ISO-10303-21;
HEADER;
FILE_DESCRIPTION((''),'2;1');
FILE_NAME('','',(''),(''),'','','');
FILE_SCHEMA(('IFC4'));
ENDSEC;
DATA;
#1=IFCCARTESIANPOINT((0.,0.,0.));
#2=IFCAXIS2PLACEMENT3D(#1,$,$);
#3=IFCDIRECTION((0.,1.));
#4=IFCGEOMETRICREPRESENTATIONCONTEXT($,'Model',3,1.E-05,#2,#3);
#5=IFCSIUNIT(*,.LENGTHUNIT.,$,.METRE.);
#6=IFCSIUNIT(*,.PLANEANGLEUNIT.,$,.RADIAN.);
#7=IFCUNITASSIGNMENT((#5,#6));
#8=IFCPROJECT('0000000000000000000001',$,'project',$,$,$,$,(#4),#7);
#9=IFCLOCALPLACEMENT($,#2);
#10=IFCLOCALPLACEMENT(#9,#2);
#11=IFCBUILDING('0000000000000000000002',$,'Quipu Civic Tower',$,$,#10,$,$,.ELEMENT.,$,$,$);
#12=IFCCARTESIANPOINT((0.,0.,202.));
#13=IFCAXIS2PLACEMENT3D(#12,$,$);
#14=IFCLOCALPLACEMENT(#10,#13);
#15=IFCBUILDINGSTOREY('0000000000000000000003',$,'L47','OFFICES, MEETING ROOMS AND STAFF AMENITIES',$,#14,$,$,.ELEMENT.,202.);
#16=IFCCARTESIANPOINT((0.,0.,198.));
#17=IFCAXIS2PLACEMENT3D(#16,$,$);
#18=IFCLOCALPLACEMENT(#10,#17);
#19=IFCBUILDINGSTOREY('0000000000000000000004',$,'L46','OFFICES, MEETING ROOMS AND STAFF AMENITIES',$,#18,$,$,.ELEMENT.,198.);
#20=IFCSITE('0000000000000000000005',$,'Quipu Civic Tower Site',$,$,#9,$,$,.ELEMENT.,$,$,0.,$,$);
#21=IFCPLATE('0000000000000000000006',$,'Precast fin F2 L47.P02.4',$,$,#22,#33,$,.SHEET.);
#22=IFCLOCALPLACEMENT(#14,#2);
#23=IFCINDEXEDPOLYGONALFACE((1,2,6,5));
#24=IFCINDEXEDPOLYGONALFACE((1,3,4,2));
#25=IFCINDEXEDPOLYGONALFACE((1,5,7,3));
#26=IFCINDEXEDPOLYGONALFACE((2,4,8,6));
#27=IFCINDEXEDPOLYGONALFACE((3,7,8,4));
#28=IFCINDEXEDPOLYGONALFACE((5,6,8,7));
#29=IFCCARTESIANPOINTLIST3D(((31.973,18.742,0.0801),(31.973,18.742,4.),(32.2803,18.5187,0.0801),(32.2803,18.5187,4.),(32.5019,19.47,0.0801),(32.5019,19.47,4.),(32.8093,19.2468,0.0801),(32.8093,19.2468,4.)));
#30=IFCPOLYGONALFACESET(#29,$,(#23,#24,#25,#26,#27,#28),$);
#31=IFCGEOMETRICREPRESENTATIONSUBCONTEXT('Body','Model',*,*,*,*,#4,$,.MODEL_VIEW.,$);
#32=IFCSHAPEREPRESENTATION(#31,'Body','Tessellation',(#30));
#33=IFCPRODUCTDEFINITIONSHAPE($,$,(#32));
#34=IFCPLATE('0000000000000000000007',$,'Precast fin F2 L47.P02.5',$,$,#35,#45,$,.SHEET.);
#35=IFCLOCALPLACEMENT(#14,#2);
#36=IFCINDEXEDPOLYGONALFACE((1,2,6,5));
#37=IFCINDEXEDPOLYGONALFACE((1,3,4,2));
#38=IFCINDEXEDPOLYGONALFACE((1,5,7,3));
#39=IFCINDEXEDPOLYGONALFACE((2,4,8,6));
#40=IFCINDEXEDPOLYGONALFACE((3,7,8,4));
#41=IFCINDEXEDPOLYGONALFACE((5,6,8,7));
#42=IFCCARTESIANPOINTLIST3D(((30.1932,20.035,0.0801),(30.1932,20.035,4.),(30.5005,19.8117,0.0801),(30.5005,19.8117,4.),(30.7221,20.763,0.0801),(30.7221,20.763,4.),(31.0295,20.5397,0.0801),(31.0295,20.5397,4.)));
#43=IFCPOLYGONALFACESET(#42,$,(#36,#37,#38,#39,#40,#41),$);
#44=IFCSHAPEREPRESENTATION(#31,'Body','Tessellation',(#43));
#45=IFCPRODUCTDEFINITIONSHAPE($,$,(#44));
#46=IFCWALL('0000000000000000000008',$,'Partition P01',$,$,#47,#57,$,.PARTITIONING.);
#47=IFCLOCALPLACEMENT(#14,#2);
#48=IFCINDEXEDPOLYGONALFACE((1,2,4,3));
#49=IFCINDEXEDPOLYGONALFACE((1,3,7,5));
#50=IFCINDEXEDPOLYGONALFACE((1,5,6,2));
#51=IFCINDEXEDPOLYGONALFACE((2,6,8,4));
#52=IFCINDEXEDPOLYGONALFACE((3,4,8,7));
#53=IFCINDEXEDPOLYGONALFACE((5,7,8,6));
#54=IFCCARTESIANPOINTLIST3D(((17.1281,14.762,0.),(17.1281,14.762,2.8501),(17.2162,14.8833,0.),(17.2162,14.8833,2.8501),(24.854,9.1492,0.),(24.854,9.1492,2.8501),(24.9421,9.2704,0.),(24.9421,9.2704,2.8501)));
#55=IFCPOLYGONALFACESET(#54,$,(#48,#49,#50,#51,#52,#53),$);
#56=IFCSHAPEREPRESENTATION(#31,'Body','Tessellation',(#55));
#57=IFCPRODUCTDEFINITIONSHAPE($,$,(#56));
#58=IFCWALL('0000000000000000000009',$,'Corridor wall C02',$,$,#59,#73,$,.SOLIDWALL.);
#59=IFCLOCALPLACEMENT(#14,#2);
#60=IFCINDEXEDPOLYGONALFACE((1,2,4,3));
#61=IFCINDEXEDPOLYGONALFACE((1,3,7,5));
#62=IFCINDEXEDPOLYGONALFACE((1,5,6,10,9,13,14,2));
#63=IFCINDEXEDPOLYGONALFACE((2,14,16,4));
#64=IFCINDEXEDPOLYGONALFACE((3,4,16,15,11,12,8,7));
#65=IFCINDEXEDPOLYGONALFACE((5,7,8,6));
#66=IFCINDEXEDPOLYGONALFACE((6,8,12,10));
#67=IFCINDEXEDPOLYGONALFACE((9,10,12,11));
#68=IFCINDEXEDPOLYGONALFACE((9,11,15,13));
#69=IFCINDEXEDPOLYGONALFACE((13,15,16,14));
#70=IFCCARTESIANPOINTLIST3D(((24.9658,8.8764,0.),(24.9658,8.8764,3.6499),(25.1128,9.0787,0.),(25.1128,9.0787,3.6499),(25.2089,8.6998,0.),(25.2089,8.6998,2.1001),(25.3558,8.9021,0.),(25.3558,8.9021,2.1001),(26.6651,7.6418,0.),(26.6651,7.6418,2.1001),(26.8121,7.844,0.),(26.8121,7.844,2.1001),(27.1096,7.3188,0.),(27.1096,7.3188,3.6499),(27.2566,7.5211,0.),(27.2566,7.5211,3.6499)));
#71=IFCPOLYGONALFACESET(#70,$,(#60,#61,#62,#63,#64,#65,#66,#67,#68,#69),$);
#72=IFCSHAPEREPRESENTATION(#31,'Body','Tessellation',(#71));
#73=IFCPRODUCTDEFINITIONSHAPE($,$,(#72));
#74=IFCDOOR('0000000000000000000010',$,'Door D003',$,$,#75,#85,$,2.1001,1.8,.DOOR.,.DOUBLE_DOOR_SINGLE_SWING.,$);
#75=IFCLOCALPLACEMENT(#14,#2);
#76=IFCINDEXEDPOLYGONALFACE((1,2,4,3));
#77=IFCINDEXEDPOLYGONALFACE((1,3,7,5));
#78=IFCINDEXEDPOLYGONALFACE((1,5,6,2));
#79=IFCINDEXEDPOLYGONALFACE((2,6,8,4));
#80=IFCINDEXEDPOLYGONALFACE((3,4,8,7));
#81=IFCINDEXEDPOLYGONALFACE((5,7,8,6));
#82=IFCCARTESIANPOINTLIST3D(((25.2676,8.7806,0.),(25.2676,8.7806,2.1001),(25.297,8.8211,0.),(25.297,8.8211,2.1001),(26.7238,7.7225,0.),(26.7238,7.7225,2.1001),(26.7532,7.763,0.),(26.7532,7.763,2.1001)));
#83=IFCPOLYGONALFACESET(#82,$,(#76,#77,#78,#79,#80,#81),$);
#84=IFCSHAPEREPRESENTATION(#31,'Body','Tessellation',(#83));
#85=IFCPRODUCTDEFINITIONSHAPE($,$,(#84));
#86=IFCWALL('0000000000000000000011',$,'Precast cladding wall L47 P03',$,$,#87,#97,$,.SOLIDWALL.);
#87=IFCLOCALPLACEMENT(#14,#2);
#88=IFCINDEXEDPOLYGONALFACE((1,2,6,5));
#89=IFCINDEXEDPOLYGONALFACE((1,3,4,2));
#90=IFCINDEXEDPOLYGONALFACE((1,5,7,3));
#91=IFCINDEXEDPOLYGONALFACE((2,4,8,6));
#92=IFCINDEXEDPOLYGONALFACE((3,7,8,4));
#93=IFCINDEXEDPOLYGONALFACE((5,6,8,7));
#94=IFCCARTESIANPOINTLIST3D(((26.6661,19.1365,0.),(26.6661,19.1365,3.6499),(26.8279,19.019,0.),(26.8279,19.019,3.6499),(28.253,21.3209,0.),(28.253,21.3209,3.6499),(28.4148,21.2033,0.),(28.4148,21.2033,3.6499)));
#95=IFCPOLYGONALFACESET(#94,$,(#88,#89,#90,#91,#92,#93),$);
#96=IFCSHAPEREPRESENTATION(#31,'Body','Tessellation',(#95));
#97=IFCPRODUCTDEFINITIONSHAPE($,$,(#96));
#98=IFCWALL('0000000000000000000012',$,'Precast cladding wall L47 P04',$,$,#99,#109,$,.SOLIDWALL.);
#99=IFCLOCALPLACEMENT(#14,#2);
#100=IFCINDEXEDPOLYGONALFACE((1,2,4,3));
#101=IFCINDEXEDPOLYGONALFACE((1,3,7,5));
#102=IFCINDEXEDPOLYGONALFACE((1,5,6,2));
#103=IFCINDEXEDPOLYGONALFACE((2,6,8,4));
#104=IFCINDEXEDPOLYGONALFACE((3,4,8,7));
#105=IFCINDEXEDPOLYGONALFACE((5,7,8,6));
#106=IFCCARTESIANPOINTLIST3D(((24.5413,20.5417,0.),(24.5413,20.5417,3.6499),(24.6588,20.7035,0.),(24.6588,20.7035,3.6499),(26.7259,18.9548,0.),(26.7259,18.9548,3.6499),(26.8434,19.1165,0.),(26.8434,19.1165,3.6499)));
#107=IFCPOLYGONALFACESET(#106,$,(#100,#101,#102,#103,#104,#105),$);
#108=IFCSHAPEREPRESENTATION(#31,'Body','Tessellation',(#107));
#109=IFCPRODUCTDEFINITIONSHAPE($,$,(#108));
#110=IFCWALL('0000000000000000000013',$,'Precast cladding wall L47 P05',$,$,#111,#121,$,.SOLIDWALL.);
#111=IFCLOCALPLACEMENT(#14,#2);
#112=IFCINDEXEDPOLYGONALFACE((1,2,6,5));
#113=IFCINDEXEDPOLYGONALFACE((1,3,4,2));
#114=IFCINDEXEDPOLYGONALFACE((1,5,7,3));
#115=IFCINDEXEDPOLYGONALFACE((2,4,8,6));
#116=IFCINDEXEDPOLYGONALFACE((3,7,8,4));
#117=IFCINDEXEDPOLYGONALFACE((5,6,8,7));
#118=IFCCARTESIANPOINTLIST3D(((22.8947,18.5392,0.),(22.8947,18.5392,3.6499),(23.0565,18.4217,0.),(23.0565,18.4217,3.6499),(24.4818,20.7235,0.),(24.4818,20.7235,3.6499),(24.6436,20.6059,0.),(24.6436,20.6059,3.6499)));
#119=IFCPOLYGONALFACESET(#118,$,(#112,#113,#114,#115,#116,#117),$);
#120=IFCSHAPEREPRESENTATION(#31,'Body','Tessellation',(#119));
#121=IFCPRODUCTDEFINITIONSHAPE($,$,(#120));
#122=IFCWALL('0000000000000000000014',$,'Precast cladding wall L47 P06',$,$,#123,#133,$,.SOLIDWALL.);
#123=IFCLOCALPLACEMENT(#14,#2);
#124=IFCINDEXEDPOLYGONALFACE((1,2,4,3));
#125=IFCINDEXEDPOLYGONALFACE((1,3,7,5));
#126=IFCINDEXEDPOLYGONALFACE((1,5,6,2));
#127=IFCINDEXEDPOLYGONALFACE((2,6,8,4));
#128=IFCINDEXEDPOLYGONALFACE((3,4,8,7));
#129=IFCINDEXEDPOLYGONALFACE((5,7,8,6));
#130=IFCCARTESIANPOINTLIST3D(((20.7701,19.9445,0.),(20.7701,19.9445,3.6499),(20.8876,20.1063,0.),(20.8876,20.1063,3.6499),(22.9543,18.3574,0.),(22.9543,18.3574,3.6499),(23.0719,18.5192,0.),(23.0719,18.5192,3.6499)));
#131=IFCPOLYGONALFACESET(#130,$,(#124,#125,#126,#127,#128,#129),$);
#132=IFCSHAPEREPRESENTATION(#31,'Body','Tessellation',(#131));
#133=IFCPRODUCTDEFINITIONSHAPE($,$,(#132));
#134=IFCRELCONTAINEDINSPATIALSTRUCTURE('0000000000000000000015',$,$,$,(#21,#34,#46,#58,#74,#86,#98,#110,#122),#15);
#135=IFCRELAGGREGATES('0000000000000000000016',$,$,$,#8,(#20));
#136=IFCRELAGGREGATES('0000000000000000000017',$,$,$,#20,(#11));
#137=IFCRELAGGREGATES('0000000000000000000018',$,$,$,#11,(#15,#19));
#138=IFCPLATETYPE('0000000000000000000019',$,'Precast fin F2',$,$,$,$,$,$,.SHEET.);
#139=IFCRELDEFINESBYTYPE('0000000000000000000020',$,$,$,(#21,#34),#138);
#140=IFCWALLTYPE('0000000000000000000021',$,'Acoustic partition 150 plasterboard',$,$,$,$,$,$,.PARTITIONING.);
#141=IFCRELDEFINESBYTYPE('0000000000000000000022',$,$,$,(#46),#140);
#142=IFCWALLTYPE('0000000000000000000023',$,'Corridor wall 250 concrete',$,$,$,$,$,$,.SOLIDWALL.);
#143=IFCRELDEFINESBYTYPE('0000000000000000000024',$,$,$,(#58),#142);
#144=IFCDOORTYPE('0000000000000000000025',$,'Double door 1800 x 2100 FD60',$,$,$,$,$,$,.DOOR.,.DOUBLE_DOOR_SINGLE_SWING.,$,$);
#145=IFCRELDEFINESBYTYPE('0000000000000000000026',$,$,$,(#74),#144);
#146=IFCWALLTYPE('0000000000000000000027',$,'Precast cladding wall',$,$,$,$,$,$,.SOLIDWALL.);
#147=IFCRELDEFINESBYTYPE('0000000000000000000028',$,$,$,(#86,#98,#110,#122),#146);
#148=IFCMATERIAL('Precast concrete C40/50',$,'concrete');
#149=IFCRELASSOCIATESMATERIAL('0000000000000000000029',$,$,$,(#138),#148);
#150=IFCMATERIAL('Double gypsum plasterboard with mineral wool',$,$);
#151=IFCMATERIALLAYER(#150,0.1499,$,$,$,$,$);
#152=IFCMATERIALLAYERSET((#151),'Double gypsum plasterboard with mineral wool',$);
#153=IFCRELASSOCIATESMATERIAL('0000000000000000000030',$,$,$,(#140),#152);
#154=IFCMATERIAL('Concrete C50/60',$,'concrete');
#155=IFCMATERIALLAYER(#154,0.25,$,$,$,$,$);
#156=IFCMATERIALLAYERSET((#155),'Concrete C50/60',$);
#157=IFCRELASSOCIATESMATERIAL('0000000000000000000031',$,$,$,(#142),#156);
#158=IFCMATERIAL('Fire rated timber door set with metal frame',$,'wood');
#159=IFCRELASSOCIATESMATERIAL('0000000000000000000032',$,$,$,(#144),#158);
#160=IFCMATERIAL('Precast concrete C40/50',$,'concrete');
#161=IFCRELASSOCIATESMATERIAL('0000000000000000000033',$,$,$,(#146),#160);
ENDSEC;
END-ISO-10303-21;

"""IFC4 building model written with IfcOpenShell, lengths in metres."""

from ifc_helpers import new_model, si_unit, direction, frame, frame_2d, origin, origin_2d, place, context, subcontext, project, spatial, rectangle, extrude, material, layer, layer_set, type_object, element, fill, save


model = new_model("IFC4")

# Units and contexts
model_context = context("Model", 3, precision=1e-05, world=origin(), true_north=direction((0.0, 1.0)))
body_context = subcontext(model_context, "Body", "Model", "MODEL_VIEW")
ifc_project = project(units=[si_unit("LENGTHUNIT", "METRE"), si_unit("PLANEANGLEUNIT", "RADIAN")], contexts=[model_context])

# Site, building, storey
site_placement = place(None, origin())
site = spatial("IfcSite", under=ifc_project, at=site_placement, Name="Quipu Civic Tower Site", CompositionType="ELEMENT", RefElevation=0.0)
building_placement = place(site_placement, origin())
building = spatial("IfcBuilding", under=site, at=building_placement, Name="Quipu Civic Tower", CompositionType="ELEMENT")
storey_1_placement = place(building_placement, frame((0.0, 0.0, 202.0)))
storey_1 = spatial("IfcBuildingStorey", under=building, at=storey_1_placement, Name="L47", Description="OFFICES, MEETING ROOMS AND STAFF AMENITIES", CompositionType="ELEMENT", Elevation=202.0)

# Shared definitions
storey_2_placement = place(building_placement, frame((0.0, 0.0, 198.0)))
storey_2 = spatial("IfcBuildingStorey", under=building, at=storey_2_placement, Name="L46", Description="OFFICES, MEETING ROOMS AND STAFF AMENITIES", CompositionType="ELEMENT", Elevation=198.0)

# Plates
ifc_material_1 = material(Name="Precast concrete C40/50", Category="concrete")
plate_type_1 = type_object("IfcPlateType", Name="Precast fin F2", PredefinedType="SHEET", material=ifc_material_1)
for number, where, z_axis, x_axis, name in (
    (1, (32.3911, 18.9944, 0.0801), (0.0, 0.0, 1.0), (-0.809017, 0.587785, 0.0), "Precast fin F2 L47.P02.4"),
    (2, (30.6113, 20.2874, 0.0801), (0.0, 0.0, 1.0), (-0.809017, 0.587785, 0.0), "Precast fin F2 L47.P02.5"),
):
    element("IfcPlate", number, at=place(storey_1_placement, frame(where, z_axis=z_axis, x_axis=x_axis)), inside=storey_1, type_object=plate_type_1, Name=name, PredefinedType="SHEET", context=body_context, shape_type="SweptSolid", body=[
        extrude(rectangle(XDim=0.3799, YDim=0.8999, at=origin_2d()), origin(), (0.0, 0.0, 1.0), 3.9199),
    ])

# Wall
ifc_material_2 = material(Name="Double gypsum plasterboard with mineral wool")
ifc_layer_1 = layer(ifc_material_2, 0.1499)
ifc_layer_set_1 = layer_set([ifc_layer_1], Name="Double gypsum plasterboard with mineral wool")
wall_type_1 = type_object("IfcWallType", Name="Acoustic partition 150 plasterboard", PredefinedType="PARTITIONING", material=ifc_layer_set_1)
wall_1_placement = place(storey_1_placement, frame((24.8982, 9.2097, 0.0), z_axis=(0.0, 0.0, 1.0), x_axis=(-0.809034, 0.587761, 0.0)))
element("IfcWall", 3, at=wall_1_placement, inside=storey_1, type_object=wall_type_1, Name="Partition P01", PredefinedType="PARTITIONING", context=body_context, shape_type="SweptSolid", body=[
    extrude(rectangle(XDim=9.5496, YDim=0.1499, at=frame_2d((4.7749, 0.0))), origin(), (0.0, 0.0, 1.0), 2.8501),
])

# Wall, opening, door
ifc_material_3 = material(Name="Concrete C50/60", Category="concrete")
ifc_layer_2 = layer(ifc_material_3, 0.25)
ifc_layer_set_2 = layer_set([ifc_layer_2], Name="Concrete C50/60")
wall_type_2 = type_object("IfcWallType", Name="Corridor wall 250 concrete", PredefinedType="SOLIDWALL", material=ifc_layer_set_2)
wall_2_placement = place(storey_1_placement, frame((25.0393, 8.9775, 0.0), z_axis=(0.0, 0.0, 1.0), x_axis=(0.809007, -0.587799, 0.0)))
wall_2 = element("IfcWall", 4, at=wall_2_placement, inside=storey_1, type_object=wall_type_2, Name="Corridor wall C02", PredefinedType="SOLIDWALL", context=body_context, shape_type="SweptSolid", body=[
    extrude(rectangle(XDim=2.6499, YDim=0.25, at=frame_2d((1.325, 0.0))), origin(), (0.0, 0.0, 1.0), 3.6499),
])
opening_placement = place(wall_2_placement, frame((0.3005, 0.0, 0.0)))
opening = element("IfcOpeningElement", 5, at=opening_placement, cuts=wall_2, PredefinedType="OPENING", context=body_context, shape_type="SweptSolid", body=[
    extrude(rectangle(XDim=1.8, YDim=2.1001, at=frame_2d((0.8999, 1.05))), frame((0.0, 0.135, 0.0), z_axis=(0.0, -1.0, 0.0), x_axis=(1.0, 0.0, 0.0)), (0.0, 0.0, 1.0), 0.27),
])
ifc_material_4 = material(Name="Fire rated timber door set with metal frame", Category="wood")
door_type = type_object("IfcDoorType", Name="Double door 1800 x 2100 FD60", OperationType="DOUBLE_DOOR_SINGLE_SWING", PredefinedType="DOOR", material=ifc_material_4)
door_placement = place(opening_placement, origin())
door = element("IfcDoor", 6, at=door_placement, inside=storey_1, type_object=door_type, Name="Door D003", OperationType="DOUBLE_DOOR_SINGLE_SWING", OverallHeight=2.1001, OverallWidth=1.8, PredefinedType="DOOR", context=body_context, shape_type="SweptSolid", body=[
    extrude(rectangle(XDim=1.8, YDim=2.1001, at=frame_2d((0.8999, 1.05))), frame((0.0, 0.0249, 0.0), z_axis=(0.0, -1.0, 0.0), x_axis=(1.0, 0.0, 0.0)), (0.0, 0.0, 1.0), 0.05),
])
fill(opening, door)

# Walls
ifc_material_5 = material(Name="Precast concrete C40/50", Category="concrete")
wall_type_3 = type_object("IfcWallType", Name="Precast cladding wall", PredefinedType="SOLIDWALL", material=ifc_material_5)
wall_3_placement = place(storey_1_placement, frame((28.334, 21.2622, 0.0), z_axis=(0.0, 0.0, 1.0), x_axis=(-0.587763, -0.809033, 0.0)))
element("IfcWall", 7, at=wall_3_placement, inside=storey_1, type_object=wall_type_3, Name="Precast cladding wall L47 P03", PredefinedType="SOLIDWALL", context=body_context, shape_type="SweptSolid", body=[
    extrude(rectangle(XDim=2.7, YDim=0.2, at=frame_2d((1.3501, 0.0))), origin(), (0.0, 0.0, 1.0), 3.6499),
])
wall_4_placement = place(storey_1_placement, frame((26.7847, 19.0356, 0.0), z_axis=(0.0, 0.0, 1.0), x_axis=(-0.809064, 0.58772, 0.0)))
element("IfcWall", 8, at=wall_4_placement, inside=storey_1, type_object=wall_type_3, Name="Precast cladding wall L47 P04", PredefinedType="SOLIDWALL", context=body_context, shape_type="SweptSolid", body=[
    extrude(rectangle(XDim=2.7002, YDim=0.2, at=frame_2d((1.3501, 0.0))), origin(), (0.0, 0.0, 1.0), 3.6499),
])
for number, where, z_axis, x_axis, name in (
    (9, (24.5627, 20.6648, 0.0), (0.0, 0.0, 1.0), (-0.587822, -0.80899, 0.0), "Precast cladding wall L47 P05"),
    (10, (23.0132, 18.4382, 0.0), (0.0, 0.0, 1.0), (-0.80899, 0.587822, 0.0), "Precast cladding wall L47 P06"),
):
    element("IfcWall", number, at=place(storey_1_placement, frame(where, z_axis=z_axis, x_axis=x_axis)), inside=storey_1, type_object=wall_type_3, Name=name, PredefinedType="SOLIDWALL", context=body_context, shape_type="SweptSolid", body=[
        extrude(rectangle(XDim=2.7, YDim=0.2, at=frame_2d((1.3501, 0.0))), origin(), (0.0, 0.0, 1.0), 3.6499),
    ])

save(model, "model.ifc")
